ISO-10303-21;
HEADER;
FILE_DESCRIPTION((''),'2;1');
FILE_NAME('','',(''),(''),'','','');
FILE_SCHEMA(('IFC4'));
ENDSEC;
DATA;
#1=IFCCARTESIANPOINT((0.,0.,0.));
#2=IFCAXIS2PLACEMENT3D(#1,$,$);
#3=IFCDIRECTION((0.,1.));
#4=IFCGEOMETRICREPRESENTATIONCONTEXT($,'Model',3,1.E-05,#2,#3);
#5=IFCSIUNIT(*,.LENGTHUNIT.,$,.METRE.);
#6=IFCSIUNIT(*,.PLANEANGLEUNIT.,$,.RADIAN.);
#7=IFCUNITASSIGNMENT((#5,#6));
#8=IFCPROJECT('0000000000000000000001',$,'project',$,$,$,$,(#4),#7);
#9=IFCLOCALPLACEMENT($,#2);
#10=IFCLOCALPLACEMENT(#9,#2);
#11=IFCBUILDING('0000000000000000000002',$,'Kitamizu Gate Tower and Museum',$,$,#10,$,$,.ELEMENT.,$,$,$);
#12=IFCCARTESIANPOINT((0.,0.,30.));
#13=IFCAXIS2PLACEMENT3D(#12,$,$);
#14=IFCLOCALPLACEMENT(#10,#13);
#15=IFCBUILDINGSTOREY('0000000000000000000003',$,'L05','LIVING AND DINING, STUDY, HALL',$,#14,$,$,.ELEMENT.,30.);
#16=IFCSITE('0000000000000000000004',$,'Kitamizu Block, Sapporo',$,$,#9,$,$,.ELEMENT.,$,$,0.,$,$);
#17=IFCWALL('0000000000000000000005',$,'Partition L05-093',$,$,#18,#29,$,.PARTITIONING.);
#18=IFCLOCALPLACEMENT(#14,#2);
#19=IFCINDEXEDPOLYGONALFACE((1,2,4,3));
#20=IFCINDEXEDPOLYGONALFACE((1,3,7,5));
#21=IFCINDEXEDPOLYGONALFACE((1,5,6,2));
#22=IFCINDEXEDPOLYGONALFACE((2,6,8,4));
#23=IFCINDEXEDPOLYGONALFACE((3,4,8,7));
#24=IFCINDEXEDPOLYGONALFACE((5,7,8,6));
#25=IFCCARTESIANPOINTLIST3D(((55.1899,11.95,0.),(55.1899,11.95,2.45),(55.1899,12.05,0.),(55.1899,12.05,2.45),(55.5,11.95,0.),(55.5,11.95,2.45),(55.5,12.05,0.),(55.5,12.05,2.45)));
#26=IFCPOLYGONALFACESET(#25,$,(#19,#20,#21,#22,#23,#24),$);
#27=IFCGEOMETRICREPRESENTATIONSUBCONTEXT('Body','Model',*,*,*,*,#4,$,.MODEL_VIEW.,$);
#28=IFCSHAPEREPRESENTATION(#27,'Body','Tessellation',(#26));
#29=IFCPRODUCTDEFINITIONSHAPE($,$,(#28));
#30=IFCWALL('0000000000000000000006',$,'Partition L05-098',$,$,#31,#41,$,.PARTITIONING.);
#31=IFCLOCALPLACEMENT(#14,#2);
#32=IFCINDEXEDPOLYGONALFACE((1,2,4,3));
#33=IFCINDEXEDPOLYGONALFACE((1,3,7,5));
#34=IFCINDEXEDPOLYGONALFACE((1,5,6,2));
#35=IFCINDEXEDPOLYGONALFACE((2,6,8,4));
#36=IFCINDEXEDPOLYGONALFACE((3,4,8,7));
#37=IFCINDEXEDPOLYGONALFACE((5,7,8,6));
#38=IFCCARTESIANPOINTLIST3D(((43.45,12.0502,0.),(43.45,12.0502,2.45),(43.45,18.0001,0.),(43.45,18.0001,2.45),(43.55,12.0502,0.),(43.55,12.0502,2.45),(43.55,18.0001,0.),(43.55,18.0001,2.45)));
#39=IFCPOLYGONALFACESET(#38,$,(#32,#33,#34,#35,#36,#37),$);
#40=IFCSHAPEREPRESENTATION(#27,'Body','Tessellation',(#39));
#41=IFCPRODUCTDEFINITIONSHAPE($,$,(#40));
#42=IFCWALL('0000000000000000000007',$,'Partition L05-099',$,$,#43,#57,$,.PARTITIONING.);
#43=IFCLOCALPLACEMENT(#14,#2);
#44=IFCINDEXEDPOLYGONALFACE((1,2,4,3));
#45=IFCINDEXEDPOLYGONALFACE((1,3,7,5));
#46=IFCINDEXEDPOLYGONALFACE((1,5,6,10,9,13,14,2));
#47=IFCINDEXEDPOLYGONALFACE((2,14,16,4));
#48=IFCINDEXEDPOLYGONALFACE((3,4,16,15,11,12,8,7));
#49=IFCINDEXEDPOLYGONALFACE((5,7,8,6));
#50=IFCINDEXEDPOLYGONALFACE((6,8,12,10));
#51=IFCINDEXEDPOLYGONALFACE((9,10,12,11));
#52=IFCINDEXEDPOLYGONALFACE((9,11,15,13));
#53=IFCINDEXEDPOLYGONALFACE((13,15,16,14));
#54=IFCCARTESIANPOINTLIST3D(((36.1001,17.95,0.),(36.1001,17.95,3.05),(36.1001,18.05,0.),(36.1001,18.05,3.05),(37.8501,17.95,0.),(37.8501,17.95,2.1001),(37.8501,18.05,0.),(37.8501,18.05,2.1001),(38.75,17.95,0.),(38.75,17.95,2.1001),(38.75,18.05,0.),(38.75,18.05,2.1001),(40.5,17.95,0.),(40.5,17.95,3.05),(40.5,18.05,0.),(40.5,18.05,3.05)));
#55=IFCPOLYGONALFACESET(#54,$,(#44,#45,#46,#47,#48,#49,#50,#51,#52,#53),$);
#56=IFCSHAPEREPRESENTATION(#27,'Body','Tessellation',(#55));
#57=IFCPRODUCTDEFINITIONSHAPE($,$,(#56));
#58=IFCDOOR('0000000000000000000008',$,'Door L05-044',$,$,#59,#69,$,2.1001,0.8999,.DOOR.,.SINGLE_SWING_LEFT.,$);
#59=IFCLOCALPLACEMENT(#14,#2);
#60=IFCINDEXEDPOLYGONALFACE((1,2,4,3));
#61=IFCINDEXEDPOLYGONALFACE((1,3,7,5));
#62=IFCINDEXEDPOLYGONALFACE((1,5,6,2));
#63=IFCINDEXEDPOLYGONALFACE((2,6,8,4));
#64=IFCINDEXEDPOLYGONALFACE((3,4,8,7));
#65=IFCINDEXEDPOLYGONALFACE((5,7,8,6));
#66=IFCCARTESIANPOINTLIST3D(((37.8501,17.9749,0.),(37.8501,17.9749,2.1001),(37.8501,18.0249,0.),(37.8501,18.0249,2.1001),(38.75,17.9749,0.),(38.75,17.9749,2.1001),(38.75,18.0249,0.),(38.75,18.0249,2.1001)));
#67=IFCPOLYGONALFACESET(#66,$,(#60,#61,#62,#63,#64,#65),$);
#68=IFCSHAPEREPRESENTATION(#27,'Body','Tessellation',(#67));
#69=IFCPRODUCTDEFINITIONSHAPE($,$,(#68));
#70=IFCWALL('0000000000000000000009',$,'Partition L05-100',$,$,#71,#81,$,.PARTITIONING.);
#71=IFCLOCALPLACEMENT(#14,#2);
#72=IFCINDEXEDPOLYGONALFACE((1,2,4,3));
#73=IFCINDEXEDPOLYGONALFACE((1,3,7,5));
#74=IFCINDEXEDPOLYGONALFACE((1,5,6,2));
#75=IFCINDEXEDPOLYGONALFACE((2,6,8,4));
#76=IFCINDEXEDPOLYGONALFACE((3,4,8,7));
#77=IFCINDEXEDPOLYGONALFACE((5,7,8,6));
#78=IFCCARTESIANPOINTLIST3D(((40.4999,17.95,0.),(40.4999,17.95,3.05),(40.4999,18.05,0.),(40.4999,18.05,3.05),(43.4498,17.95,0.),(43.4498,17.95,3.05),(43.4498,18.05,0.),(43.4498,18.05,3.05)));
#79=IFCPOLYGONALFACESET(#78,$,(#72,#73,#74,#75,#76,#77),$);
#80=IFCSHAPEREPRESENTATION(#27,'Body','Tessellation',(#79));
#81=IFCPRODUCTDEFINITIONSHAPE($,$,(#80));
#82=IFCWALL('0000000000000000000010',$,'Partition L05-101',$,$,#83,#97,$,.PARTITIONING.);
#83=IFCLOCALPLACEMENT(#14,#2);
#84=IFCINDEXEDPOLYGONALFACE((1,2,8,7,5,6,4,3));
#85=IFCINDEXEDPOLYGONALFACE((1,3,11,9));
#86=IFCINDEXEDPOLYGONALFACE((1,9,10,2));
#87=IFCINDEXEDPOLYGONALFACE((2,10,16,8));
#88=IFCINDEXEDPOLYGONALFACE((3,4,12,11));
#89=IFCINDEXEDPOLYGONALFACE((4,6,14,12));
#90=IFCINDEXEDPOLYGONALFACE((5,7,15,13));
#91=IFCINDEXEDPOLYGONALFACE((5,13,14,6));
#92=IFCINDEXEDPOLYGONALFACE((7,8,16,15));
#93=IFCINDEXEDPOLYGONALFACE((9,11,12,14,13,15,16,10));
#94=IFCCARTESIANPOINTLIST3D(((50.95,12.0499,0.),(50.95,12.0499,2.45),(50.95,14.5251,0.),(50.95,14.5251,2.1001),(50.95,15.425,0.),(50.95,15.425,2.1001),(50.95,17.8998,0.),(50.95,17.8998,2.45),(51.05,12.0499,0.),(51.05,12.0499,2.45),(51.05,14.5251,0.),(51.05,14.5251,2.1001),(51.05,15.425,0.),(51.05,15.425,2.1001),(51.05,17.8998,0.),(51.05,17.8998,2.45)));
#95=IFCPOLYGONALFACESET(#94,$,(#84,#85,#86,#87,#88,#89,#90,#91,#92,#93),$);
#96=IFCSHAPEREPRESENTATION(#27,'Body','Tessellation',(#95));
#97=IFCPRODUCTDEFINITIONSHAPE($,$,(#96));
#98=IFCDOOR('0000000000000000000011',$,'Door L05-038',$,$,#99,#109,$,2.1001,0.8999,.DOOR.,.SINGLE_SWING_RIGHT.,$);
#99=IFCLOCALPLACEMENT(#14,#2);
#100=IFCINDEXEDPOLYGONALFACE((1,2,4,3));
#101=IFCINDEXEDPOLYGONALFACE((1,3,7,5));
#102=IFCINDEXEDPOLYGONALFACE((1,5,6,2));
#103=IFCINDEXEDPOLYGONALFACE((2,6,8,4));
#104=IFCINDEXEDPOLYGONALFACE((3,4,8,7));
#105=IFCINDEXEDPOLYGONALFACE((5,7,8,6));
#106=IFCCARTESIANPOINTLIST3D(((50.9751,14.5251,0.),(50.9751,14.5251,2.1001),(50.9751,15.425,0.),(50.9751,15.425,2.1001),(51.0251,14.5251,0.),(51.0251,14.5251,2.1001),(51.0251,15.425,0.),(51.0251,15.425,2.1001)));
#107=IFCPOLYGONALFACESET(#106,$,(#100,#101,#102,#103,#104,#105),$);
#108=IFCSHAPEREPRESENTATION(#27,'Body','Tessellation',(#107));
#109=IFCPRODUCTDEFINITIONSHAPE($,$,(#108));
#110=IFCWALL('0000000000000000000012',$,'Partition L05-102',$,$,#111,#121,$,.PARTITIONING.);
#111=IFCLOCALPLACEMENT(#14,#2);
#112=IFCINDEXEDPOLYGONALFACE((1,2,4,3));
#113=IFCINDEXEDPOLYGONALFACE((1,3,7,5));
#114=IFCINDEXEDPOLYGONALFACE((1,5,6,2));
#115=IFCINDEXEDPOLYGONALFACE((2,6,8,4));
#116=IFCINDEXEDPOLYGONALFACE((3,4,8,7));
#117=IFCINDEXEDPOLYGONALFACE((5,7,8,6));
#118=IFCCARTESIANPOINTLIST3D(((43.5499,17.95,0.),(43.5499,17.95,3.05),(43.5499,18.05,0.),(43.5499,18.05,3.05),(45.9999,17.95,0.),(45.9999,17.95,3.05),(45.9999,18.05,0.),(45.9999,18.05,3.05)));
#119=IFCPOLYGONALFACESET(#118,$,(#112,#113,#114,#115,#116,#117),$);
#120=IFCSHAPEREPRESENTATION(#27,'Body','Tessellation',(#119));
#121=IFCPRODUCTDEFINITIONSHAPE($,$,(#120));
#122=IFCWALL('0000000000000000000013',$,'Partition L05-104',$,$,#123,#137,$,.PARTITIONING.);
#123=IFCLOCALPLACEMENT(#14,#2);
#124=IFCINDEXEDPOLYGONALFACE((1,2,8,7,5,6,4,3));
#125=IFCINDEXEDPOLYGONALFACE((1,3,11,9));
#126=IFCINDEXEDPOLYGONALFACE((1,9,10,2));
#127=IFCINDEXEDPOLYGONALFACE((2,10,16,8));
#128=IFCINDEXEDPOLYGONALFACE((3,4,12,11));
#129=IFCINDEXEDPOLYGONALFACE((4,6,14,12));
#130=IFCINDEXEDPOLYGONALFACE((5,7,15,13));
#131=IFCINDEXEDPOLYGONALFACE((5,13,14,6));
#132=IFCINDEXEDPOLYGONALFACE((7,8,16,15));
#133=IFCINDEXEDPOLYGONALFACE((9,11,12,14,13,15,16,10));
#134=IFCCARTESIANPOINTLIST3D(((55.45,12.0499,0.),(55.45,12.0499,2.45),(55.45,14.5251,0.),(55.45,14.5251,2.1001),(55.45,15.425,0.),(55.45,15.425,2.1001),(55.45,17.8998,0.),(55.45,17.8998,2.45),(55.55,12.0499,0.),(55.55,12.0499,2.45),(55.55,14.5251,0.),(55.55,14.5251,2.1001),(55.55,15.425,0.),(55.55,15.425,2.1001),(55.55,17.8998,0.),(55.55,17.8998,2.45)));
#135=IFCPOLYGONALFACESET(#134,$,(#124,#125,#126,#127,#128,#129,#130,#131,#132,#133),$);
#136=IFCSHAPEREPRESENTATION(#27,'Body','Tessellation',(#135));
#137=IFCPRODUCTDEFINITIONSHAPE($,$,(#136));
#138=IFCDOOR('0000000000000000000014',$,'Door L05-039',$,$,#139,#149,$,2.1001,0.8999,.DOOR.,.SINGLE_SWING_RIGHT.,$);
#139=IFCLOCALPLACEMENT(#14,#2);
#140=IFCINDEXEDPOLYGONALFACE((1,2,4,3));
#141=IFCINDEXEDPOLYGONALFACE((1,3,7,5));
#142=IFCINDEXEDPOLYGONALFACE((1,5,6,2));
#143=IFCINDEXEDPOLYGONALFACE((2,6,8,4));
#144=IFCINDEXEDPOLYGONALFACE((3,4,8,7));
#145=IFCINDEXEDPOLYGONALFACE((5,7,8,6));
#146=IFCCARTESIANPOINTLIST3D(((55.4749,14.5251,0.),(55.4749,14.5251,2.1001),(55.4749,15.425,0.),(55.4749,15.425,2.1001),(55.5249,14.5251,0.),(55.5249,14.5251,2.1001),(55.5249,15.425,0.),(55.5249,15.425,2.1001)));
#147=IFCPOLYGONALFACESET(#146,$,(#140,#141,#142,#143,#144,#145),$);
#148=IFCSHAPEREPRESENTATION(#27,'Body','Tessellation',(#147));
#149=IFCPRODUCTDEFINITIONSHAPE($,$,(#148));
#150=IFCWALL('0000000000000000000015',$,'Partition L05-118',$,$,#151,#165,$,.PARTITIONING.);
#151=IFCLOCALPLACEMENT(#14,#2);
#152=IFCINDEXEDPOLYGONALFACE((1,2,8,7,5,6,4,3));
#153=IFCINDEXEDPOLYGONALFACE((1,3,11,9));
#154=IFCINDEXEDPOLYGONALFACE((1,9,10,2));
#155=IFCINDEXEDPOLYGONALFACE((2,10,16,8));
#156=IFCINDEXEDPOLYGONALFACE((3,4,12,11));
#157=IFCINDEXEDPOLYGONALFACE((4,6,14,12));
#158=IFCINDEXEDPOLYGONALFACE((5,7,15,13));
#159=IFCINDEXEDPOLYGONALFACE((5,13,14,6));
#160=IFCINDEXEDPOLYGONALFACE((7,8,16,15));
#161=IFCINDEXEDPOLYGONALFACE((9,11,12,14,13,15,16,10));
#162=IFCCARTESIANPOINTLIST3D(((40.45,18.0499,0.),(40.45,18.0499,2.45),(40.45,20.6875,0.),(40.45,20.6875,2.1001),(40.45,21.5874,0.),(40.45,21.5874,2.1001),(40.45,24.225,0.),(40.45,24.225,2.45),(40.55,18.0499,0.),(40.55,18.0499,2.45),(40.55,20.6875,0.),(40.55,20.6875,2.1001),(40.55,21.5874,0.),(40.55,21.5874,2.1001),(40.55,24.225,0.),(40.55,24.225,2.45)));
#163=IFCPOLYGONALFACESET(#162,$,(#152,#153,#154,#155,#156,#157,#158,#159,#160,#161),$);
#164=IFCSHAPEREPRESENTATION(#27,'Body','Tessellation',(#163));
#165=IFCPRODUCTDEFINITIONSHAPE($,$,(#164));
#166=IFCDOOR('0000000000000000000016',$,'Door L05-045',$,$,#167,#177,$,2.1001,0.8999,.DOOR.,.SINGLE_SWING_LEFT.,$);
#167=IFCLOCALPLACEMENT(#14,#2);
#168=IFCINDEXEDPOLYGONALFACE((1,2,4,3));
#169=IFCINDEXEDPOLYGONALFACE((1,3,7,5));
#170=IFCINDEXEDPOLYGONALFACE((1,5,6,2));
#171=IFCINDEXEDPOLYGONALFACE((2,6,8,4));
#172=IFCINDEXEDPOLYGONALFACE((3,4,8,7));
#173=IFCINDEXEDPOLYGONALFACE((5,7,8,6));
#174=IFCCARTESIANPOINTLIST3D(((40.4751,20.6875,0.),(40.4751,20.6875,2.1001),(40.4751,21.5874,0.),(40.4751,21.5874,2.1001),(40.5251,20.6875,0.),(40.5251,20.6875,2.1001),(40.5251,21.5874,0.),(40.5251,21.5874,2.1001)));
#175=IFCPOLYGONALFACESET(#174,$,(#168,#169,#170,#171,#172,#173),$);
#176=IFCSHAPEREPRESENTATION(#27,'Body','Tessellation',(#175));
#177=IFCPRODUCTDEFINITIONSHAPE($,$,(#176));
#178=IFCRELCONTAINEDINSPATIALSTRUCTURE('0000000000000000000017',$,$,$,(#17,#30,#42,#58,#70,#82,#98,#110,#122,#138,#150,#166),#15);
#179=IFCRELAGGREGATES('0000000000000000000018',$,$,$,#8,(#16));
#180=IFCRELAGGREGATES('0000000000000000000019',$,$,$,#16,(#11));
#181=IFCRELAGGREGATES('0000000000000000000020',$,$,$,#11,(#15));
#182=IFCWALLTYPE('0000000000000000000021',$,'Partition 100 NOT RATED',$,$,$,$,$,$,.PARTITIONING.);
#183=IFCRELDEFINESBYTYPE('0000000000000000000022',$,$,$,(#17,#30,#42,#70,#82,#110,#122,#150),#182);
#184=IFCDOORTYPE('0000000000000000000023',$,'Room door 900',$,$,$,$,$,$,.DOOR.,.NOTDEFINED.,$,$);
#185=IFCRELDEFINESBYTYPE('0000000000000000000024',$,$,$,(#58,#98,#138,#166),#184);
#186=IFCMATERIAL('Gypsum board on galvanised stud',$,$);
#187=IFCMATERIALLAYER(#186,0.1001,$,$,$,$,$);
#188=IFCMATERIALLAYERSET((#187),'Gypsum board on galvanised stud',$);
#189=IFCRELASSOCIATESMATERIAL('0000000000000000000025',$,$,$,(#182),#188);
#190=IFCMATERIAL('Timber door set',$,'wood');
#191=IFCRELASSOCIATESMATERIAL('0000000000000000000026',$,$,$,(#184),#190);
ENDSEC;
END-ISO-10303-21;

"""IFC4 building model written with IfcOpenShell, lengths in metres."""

from ifc_helpers import new_model, si_unit, direction, frame, frame_2d, origin, place, context, subcontext, project, spatial, rectangle, extrude, material, layer, layer_set, type_object, element, fill, save


model = new_model("IFC4")

# Units and contexts
model_context = context("Model", 3, precision=1e-05, world=origin(), true_north=direction((0.0, 1.0)))
body_context = subcontext(model_context, "Body", "Model", "MODEL_VIEW")
ifc_project = project(units=[si_unit("LENGTHUNIT", "METRE"), si_unit("PLANEANGLEUNIT", "RADIAN")], contexts=[model_context])

# Site, building, storey
site_placement = place(None, origin())
site = spatial("IfcSite", under=ifc_project, at=site_placement, Name="Kitamizu Block, Sapporo", CompositionType="ELEMENT", RefElevation=0.0)
building_placement = place(site_placement, origin())
building = spatial("IfcBuilding", under=site, at=building_placement, Name="Kitamizu Gate Tower and Museum", CompositionType="ELEMENT")
storey_placement = place(building_placement, frame((0.0, 0.0, 30.0)))
storey = spatial("IfcBuildingStorey", under=building, at=storey_placement, Name="L05", Description="LIVING AND DINING, STUDY, HALL", CompositionType="ELEMENT", Elevation=30.0)

# Shared definitions
ifc_material_1 = material(Name="Gypsum board on galvanised stud")
ifc_layer_1 = layer(ifc_material_1, 0.1001)
ifc_layer_set_1 = layer_set([ifc_layer_1], Name="Gypsum board on galvanised stud")
wall_type_1 = type_object("IfcWallType", Name="Partition 100 NOT RATED", PredefinedType="PARTITIONING", material=ifc_layer_set_1)

# Shared definitions
ifc_material_2 = material(Name="Timber door set", Category="wood")
door_type_1 = type_object("IfcDoorType", Name="Room door 900", OperationType="NOTDEFINED", PredefinedType="DOOR", material=ifc_material_2)

# Walls
wall_1_placement = place(storey_placement, frame((55.5, 12.0, 0.0), z_axis=(0.0, 0.0, 1.0), x_axis=(-1.0, 0.0, 0.0)))
element("IfcWall", 1, at=wall_1_placement, inside=storey, type_object=wall_type_1, Name="Partition L05-093", PredefinedType="PARTITIONING", context=body_context, shape_type="SweptSolid", body=[
    extrude(rectangle(XDim=0.3101, YDim=0.1001, at=frame_2d((0.155, 0.0))), origin(), (0.0, 0.0, 1.0), 2.45),
])
wall_2_placement = place(storey_placement, frame((43.5, 12.05, 0.0), z_axis=(0.0, 0.0, 1.0), x_axis=(0.0, 1.0, 0.0)))
element("IfcWall", 2, at=wall_2_placement, inside=storey, type_object=wall_type_1, Name="Partition L05-098", PredefinedType="PARTITIONING", context=body_context, shape_type="SweptSolid", body=[
    extrude(rectangle(XDim=5.95, YDim=0.1001, at=frame_2d((2.9751, 0.0))), origin(), (0.0, 0.0, 1.0), 2.45),
])

# Wall, opening, door
wall_3_placement = place(storey_placement, frame((40.5, 18.0, 0.0), z_axis=(0.0, 0.0, 1.0), x_axis=(-1.0, 0.0, 0.0)))
wall_3 = element("IfcWall", 3, at=wall_3_placement, inside=storey, type_object=wall_type_1, Name="Partition L05-099", PredefinedType="PARTITIONING", context=body_context, shape_type="SweptSolid", body=[
    extrude(rectangle(XDim=4.3999, YDim=0.1001, at=frame_2d((2.2, 0.0))), origin(), (0.0, 0.0, 1.0), 3.05),
])
opening_1_placement = place(wall_3_placement, frame((1.75, 0.0, 0.0)))
opening_1 = element("IfcOpeningElement", 4, at=opening_1_placement, cuts=wall_3, PredefinedType="OPENING", context=body_context, shape_type="SweptSolid", body=[
    extrude(rectangle(XDim=0.8999, YDim=2.1001, at=frame_2d((0.45, 1.05))), frame((0.0, 0.0601, 0.0), z_axis=(0.0, -1.0, 0.0), x_axis=(1.0, 0.0, 0.0)), (0.0, 0.0, 1.0), 0.1201),
])
door_1_placement = place(opening_1_placement, frame((0.8999, 0.0, 0.0), x_axis=(-1.0, 0.0, 0.0)))
door_1 = element("IfcDoor", 5, at=door_1_placement, inside=storey, type_object=door_type_1, Name="Door L05-044", OperationType="SINGLE_SWING_LEFT", OverallHeight=2.1001, OverallWidth=0.8999, PredefinedType="DOOR", context=body_context, shape_type="SweptSolid", body=[
    extrude(rectangle(XDim=0.8999, YDim=2.1001, at=frame_2d((0.45, 1.05))), frame((0.0, 0.0249, 0.0), z_axis=(0.0, -1.0, 0.0), x_axis=(1.0, 0.0, 0.0)), (0.0, 0.0, 1.0), 0.05),
])
fill(opening_1, door_1)

# Wall
wall_4_placement = place(storey_placement, frame((43.45, 18.0, 0.0), z_axis=(0.0, 0.0, 1.0), x_axis=(-1.0, 0.0, 0.0)))
element("IfcWall", 6, at=wall_4_placement, inside=storey, type_object=wall_type_1, Name="Partition L05-100", PredefinedType="PARTITIONING", context=body_context, shape_type="SweptSolid", body=[
    extrude(rectangle(XDim=2.95, YDim=0.1001, at=frame_2d((1.4751, 0.0))), origin(), (0.0, 0.0, 1.0), 3.05),
])

# Wall, opening, door
wall_5_placement = place(storey_placement, frame((51.0, 12.05, 0.0), z_axis=(0.0, 0.0, 1.0), x_axis=(0.0, 1.0, 0.0)))
wall_5 = element("IfcWall", 7, at=wall_5_placement, inside=storey, type_object=wall_type_1, Name="Partition L05-101", PredefinedType="PARTITIONING", context=body_context, shape_type="SweptSolid", body=[
    extrude(rectangle(XDim=5.8499, YDim=0.1001, at=frame_2d((2.9248, 0.0))), origin(), (0.0, 0.0, 1.0), 2.45),
])
opening_2_placement = place(wall_5_placement, frame((2.4751, 0.0, 0.0)))
opening_2 = element("IfcOpeningElement", 8, at=opening_2_placement, cuts=wall_5, PredefinedType="OPENING", context=body_context, shape_type="SweptSolid", body=[
    extrude(rectangle(XDim=0.8999, YDim=2.1001, at=frame_2d((0.45, 1.05))), frame((0.0, 0.0601, 0.0), z_axis=(0.0, -1.0, 0.0), x_axis=(1.0, 0.0, 0.0)), (0.0, 0.0, 1.0), 0.1201),
])
door_2_placement = place(opening_2_placement, origin())
door_2 = element("IfcDoor", 9, at=door_2_placement, inside=storey, type_object=door_type_1, Name="Door L05-038", OperationType="SINGLE_SWING_RIGHT", OverallHeight=2.1001, OverallWidth=0.8999, PredefinedType="DOOR", context=body_context, shape_type="SweptSolid", body=[
    extrude(rectangle(XDim=0.8999, YDim=2.1001, at=frame_2d((0.45, 1.05))), frame((0.0, 0.0249, 0.0), z_axis=(0.0, -1.0, 0.0), x_axis=(1.0, 0.0, 0.0)), (0.0, 0.0, 1.0), 0.05),
])
fill(opening_2, door_2)

# Wall
wall_6_placement = place(storey_placement, frame((46.0, 18.0, 0.0), z_axis=(0.0, 0.0, 1.0), x_axis=(-1.0, 0.0, 0.0)))
element("IfcWall", 10, at=wall_6_placement, inside=storey, type_object=wall_type_1, Name="Partition L05-102", PredefinedType="PARTITIONING", context=body_context, shape_type="SweptSolid", body=[
    extrude(rectangle(XDim=2.45, YDim=0.1001, at=frame_2d((1.2251, 0.0))), origin(), (0.0, 0.0, 1.0), 3.05),
])

# Walls, openings, doors
wall_7_placement = place(storey_placement, frame((55.5, 12.05, 0.0), z_axis=(0.0, 0.0, 1.0), x_axis=(0.0, 1.0, 0.0)))
wall_7 = element("IfcWall", 11, at=wall_7_placement, inside=storey, type_object=wall_type_1, Name="Partition L05-104", PredefinedType="PARTITIONING", context=body_context, shape_type="SweptSolid", body=[
    extrude(rectangle(XDim=5.8499, YDim=0.1001, at=frame_2d((2.9248, 0.0))), origin(), (0.0, 0.0, 1.0), 2.45),
])
opening_3_placement = place(wall_7_placement, frame((2.4751, 0.0, 0.0)))
opening_3 = element("IfcOpeningElement", 12, at=opening_3_placement, cuts=wall_7, PredefinedType="OPENING", context=body_context, shape_type="SweptSolid", body=[
    extrude(rectangle(XDim=0.8999, YDim=2.1001, at=frame_2d((0.45, 1.05))), frame((0.0, 0.0601, 0.0), z_axis=(0.0, -1.0, 0.0), x_axis=(1.0, 0.0, 0.0)), (0.0, 0.0, 1.0), 0.1201),
])
door_3_placement = place(opening_3_placement, frame((0.8999, 0.0, 0.0), x_axis=(-1.0, 0.0, 0.0)))
door_3 = element("IfcDoor", 13, at=door_3_placement, inside=storey, type_object=door_type_1, Name="Door L05-039", OperationType="SINGLE_SWING_RIGHT", OverallHeight=2.1001, OverallWidth=0.8999, PredefinedType="DOOR", context=body_context, shape_type="SweptSolid", body=[
    extrude(rectangle(XDim=0.8999, YDim=2.1001, at=frame_2d((0.45, 1.05))), frame((0.0, 0.0249, 0.0), z_axis=(0.0, -1.0, 0.0), x_axis=(1.0, 0.0, 0.0)), (0.0, 0.0, 1.0), 0.05),
])
fill(opening_3, door_3)
wall_8_placement = place(storey_placement, frame((40.5, 18.05, 0.0), z_axis=(0.0, 0.0, 1.0), x_axis=(0.0, 1.0, 0.0)))
wall_8 = element("IfcWall", 14, at=wall_8_placement, inside=storey, type_object=wall_type_1, Name="Partition L05-118", PredefinedType="PARTITIONING", context=body_context, shape_type="SweptSolid", body=[
    extrude(rectangle(XDim=6.175, YDim=0.1001, at=frame_2d((3.0874, 0.0))), origin(), (0.0, 0.0, 1.0), 2.45),
])
opening_4_placement = place(wall_8_placement, frame((2.6375, 0.0, 0.0)))
opening_4 = element("IfcOpeningElement", 15, at=opening_4_placement, cuts=wall_8, PredefinedType="OPENING", context=body_context, shape_type="SweptSolid", body=[
    extrude(rectangle(XDim=0.8999, YDim=2.1001, at=frame_2d((0.45, 1.05))), frame((0.0, 0.0601, 0.0), z_axis=(0.0, -1.0, 0.0), x_axis=(1.0, 0.0, 0.0)), (0.0, 0.0, 1.0), 0.1201),
])
door_4_placement = place(opening_4_placement, origin())
door_4 = element("IfcDoor", 16, at=door_4_placement, inside=storey, type_object=door_type_1, Name="Door L05-045", OperationType="SINGLE_SWING_LEFT", OverallHeight=2.1001, OverallWidth=0.8999, PredefinedType="DOOR", context=body_context, shape_type="SweptSolid", body=[
    extrude(rectangle(XDim=0.8999, YDim=2.1001, at=frame_2d((0.45, 1.05))), frame((0.0, 0.0249, 0.0), z_axis=(0.0, -1.0, 0.0), x_axis=(1.0, 0.0, 0.0)), (0.0, 0.0, 1.0), 0.05),
])
fill(opening_4, door_4)

save(model, "model.ifc")
